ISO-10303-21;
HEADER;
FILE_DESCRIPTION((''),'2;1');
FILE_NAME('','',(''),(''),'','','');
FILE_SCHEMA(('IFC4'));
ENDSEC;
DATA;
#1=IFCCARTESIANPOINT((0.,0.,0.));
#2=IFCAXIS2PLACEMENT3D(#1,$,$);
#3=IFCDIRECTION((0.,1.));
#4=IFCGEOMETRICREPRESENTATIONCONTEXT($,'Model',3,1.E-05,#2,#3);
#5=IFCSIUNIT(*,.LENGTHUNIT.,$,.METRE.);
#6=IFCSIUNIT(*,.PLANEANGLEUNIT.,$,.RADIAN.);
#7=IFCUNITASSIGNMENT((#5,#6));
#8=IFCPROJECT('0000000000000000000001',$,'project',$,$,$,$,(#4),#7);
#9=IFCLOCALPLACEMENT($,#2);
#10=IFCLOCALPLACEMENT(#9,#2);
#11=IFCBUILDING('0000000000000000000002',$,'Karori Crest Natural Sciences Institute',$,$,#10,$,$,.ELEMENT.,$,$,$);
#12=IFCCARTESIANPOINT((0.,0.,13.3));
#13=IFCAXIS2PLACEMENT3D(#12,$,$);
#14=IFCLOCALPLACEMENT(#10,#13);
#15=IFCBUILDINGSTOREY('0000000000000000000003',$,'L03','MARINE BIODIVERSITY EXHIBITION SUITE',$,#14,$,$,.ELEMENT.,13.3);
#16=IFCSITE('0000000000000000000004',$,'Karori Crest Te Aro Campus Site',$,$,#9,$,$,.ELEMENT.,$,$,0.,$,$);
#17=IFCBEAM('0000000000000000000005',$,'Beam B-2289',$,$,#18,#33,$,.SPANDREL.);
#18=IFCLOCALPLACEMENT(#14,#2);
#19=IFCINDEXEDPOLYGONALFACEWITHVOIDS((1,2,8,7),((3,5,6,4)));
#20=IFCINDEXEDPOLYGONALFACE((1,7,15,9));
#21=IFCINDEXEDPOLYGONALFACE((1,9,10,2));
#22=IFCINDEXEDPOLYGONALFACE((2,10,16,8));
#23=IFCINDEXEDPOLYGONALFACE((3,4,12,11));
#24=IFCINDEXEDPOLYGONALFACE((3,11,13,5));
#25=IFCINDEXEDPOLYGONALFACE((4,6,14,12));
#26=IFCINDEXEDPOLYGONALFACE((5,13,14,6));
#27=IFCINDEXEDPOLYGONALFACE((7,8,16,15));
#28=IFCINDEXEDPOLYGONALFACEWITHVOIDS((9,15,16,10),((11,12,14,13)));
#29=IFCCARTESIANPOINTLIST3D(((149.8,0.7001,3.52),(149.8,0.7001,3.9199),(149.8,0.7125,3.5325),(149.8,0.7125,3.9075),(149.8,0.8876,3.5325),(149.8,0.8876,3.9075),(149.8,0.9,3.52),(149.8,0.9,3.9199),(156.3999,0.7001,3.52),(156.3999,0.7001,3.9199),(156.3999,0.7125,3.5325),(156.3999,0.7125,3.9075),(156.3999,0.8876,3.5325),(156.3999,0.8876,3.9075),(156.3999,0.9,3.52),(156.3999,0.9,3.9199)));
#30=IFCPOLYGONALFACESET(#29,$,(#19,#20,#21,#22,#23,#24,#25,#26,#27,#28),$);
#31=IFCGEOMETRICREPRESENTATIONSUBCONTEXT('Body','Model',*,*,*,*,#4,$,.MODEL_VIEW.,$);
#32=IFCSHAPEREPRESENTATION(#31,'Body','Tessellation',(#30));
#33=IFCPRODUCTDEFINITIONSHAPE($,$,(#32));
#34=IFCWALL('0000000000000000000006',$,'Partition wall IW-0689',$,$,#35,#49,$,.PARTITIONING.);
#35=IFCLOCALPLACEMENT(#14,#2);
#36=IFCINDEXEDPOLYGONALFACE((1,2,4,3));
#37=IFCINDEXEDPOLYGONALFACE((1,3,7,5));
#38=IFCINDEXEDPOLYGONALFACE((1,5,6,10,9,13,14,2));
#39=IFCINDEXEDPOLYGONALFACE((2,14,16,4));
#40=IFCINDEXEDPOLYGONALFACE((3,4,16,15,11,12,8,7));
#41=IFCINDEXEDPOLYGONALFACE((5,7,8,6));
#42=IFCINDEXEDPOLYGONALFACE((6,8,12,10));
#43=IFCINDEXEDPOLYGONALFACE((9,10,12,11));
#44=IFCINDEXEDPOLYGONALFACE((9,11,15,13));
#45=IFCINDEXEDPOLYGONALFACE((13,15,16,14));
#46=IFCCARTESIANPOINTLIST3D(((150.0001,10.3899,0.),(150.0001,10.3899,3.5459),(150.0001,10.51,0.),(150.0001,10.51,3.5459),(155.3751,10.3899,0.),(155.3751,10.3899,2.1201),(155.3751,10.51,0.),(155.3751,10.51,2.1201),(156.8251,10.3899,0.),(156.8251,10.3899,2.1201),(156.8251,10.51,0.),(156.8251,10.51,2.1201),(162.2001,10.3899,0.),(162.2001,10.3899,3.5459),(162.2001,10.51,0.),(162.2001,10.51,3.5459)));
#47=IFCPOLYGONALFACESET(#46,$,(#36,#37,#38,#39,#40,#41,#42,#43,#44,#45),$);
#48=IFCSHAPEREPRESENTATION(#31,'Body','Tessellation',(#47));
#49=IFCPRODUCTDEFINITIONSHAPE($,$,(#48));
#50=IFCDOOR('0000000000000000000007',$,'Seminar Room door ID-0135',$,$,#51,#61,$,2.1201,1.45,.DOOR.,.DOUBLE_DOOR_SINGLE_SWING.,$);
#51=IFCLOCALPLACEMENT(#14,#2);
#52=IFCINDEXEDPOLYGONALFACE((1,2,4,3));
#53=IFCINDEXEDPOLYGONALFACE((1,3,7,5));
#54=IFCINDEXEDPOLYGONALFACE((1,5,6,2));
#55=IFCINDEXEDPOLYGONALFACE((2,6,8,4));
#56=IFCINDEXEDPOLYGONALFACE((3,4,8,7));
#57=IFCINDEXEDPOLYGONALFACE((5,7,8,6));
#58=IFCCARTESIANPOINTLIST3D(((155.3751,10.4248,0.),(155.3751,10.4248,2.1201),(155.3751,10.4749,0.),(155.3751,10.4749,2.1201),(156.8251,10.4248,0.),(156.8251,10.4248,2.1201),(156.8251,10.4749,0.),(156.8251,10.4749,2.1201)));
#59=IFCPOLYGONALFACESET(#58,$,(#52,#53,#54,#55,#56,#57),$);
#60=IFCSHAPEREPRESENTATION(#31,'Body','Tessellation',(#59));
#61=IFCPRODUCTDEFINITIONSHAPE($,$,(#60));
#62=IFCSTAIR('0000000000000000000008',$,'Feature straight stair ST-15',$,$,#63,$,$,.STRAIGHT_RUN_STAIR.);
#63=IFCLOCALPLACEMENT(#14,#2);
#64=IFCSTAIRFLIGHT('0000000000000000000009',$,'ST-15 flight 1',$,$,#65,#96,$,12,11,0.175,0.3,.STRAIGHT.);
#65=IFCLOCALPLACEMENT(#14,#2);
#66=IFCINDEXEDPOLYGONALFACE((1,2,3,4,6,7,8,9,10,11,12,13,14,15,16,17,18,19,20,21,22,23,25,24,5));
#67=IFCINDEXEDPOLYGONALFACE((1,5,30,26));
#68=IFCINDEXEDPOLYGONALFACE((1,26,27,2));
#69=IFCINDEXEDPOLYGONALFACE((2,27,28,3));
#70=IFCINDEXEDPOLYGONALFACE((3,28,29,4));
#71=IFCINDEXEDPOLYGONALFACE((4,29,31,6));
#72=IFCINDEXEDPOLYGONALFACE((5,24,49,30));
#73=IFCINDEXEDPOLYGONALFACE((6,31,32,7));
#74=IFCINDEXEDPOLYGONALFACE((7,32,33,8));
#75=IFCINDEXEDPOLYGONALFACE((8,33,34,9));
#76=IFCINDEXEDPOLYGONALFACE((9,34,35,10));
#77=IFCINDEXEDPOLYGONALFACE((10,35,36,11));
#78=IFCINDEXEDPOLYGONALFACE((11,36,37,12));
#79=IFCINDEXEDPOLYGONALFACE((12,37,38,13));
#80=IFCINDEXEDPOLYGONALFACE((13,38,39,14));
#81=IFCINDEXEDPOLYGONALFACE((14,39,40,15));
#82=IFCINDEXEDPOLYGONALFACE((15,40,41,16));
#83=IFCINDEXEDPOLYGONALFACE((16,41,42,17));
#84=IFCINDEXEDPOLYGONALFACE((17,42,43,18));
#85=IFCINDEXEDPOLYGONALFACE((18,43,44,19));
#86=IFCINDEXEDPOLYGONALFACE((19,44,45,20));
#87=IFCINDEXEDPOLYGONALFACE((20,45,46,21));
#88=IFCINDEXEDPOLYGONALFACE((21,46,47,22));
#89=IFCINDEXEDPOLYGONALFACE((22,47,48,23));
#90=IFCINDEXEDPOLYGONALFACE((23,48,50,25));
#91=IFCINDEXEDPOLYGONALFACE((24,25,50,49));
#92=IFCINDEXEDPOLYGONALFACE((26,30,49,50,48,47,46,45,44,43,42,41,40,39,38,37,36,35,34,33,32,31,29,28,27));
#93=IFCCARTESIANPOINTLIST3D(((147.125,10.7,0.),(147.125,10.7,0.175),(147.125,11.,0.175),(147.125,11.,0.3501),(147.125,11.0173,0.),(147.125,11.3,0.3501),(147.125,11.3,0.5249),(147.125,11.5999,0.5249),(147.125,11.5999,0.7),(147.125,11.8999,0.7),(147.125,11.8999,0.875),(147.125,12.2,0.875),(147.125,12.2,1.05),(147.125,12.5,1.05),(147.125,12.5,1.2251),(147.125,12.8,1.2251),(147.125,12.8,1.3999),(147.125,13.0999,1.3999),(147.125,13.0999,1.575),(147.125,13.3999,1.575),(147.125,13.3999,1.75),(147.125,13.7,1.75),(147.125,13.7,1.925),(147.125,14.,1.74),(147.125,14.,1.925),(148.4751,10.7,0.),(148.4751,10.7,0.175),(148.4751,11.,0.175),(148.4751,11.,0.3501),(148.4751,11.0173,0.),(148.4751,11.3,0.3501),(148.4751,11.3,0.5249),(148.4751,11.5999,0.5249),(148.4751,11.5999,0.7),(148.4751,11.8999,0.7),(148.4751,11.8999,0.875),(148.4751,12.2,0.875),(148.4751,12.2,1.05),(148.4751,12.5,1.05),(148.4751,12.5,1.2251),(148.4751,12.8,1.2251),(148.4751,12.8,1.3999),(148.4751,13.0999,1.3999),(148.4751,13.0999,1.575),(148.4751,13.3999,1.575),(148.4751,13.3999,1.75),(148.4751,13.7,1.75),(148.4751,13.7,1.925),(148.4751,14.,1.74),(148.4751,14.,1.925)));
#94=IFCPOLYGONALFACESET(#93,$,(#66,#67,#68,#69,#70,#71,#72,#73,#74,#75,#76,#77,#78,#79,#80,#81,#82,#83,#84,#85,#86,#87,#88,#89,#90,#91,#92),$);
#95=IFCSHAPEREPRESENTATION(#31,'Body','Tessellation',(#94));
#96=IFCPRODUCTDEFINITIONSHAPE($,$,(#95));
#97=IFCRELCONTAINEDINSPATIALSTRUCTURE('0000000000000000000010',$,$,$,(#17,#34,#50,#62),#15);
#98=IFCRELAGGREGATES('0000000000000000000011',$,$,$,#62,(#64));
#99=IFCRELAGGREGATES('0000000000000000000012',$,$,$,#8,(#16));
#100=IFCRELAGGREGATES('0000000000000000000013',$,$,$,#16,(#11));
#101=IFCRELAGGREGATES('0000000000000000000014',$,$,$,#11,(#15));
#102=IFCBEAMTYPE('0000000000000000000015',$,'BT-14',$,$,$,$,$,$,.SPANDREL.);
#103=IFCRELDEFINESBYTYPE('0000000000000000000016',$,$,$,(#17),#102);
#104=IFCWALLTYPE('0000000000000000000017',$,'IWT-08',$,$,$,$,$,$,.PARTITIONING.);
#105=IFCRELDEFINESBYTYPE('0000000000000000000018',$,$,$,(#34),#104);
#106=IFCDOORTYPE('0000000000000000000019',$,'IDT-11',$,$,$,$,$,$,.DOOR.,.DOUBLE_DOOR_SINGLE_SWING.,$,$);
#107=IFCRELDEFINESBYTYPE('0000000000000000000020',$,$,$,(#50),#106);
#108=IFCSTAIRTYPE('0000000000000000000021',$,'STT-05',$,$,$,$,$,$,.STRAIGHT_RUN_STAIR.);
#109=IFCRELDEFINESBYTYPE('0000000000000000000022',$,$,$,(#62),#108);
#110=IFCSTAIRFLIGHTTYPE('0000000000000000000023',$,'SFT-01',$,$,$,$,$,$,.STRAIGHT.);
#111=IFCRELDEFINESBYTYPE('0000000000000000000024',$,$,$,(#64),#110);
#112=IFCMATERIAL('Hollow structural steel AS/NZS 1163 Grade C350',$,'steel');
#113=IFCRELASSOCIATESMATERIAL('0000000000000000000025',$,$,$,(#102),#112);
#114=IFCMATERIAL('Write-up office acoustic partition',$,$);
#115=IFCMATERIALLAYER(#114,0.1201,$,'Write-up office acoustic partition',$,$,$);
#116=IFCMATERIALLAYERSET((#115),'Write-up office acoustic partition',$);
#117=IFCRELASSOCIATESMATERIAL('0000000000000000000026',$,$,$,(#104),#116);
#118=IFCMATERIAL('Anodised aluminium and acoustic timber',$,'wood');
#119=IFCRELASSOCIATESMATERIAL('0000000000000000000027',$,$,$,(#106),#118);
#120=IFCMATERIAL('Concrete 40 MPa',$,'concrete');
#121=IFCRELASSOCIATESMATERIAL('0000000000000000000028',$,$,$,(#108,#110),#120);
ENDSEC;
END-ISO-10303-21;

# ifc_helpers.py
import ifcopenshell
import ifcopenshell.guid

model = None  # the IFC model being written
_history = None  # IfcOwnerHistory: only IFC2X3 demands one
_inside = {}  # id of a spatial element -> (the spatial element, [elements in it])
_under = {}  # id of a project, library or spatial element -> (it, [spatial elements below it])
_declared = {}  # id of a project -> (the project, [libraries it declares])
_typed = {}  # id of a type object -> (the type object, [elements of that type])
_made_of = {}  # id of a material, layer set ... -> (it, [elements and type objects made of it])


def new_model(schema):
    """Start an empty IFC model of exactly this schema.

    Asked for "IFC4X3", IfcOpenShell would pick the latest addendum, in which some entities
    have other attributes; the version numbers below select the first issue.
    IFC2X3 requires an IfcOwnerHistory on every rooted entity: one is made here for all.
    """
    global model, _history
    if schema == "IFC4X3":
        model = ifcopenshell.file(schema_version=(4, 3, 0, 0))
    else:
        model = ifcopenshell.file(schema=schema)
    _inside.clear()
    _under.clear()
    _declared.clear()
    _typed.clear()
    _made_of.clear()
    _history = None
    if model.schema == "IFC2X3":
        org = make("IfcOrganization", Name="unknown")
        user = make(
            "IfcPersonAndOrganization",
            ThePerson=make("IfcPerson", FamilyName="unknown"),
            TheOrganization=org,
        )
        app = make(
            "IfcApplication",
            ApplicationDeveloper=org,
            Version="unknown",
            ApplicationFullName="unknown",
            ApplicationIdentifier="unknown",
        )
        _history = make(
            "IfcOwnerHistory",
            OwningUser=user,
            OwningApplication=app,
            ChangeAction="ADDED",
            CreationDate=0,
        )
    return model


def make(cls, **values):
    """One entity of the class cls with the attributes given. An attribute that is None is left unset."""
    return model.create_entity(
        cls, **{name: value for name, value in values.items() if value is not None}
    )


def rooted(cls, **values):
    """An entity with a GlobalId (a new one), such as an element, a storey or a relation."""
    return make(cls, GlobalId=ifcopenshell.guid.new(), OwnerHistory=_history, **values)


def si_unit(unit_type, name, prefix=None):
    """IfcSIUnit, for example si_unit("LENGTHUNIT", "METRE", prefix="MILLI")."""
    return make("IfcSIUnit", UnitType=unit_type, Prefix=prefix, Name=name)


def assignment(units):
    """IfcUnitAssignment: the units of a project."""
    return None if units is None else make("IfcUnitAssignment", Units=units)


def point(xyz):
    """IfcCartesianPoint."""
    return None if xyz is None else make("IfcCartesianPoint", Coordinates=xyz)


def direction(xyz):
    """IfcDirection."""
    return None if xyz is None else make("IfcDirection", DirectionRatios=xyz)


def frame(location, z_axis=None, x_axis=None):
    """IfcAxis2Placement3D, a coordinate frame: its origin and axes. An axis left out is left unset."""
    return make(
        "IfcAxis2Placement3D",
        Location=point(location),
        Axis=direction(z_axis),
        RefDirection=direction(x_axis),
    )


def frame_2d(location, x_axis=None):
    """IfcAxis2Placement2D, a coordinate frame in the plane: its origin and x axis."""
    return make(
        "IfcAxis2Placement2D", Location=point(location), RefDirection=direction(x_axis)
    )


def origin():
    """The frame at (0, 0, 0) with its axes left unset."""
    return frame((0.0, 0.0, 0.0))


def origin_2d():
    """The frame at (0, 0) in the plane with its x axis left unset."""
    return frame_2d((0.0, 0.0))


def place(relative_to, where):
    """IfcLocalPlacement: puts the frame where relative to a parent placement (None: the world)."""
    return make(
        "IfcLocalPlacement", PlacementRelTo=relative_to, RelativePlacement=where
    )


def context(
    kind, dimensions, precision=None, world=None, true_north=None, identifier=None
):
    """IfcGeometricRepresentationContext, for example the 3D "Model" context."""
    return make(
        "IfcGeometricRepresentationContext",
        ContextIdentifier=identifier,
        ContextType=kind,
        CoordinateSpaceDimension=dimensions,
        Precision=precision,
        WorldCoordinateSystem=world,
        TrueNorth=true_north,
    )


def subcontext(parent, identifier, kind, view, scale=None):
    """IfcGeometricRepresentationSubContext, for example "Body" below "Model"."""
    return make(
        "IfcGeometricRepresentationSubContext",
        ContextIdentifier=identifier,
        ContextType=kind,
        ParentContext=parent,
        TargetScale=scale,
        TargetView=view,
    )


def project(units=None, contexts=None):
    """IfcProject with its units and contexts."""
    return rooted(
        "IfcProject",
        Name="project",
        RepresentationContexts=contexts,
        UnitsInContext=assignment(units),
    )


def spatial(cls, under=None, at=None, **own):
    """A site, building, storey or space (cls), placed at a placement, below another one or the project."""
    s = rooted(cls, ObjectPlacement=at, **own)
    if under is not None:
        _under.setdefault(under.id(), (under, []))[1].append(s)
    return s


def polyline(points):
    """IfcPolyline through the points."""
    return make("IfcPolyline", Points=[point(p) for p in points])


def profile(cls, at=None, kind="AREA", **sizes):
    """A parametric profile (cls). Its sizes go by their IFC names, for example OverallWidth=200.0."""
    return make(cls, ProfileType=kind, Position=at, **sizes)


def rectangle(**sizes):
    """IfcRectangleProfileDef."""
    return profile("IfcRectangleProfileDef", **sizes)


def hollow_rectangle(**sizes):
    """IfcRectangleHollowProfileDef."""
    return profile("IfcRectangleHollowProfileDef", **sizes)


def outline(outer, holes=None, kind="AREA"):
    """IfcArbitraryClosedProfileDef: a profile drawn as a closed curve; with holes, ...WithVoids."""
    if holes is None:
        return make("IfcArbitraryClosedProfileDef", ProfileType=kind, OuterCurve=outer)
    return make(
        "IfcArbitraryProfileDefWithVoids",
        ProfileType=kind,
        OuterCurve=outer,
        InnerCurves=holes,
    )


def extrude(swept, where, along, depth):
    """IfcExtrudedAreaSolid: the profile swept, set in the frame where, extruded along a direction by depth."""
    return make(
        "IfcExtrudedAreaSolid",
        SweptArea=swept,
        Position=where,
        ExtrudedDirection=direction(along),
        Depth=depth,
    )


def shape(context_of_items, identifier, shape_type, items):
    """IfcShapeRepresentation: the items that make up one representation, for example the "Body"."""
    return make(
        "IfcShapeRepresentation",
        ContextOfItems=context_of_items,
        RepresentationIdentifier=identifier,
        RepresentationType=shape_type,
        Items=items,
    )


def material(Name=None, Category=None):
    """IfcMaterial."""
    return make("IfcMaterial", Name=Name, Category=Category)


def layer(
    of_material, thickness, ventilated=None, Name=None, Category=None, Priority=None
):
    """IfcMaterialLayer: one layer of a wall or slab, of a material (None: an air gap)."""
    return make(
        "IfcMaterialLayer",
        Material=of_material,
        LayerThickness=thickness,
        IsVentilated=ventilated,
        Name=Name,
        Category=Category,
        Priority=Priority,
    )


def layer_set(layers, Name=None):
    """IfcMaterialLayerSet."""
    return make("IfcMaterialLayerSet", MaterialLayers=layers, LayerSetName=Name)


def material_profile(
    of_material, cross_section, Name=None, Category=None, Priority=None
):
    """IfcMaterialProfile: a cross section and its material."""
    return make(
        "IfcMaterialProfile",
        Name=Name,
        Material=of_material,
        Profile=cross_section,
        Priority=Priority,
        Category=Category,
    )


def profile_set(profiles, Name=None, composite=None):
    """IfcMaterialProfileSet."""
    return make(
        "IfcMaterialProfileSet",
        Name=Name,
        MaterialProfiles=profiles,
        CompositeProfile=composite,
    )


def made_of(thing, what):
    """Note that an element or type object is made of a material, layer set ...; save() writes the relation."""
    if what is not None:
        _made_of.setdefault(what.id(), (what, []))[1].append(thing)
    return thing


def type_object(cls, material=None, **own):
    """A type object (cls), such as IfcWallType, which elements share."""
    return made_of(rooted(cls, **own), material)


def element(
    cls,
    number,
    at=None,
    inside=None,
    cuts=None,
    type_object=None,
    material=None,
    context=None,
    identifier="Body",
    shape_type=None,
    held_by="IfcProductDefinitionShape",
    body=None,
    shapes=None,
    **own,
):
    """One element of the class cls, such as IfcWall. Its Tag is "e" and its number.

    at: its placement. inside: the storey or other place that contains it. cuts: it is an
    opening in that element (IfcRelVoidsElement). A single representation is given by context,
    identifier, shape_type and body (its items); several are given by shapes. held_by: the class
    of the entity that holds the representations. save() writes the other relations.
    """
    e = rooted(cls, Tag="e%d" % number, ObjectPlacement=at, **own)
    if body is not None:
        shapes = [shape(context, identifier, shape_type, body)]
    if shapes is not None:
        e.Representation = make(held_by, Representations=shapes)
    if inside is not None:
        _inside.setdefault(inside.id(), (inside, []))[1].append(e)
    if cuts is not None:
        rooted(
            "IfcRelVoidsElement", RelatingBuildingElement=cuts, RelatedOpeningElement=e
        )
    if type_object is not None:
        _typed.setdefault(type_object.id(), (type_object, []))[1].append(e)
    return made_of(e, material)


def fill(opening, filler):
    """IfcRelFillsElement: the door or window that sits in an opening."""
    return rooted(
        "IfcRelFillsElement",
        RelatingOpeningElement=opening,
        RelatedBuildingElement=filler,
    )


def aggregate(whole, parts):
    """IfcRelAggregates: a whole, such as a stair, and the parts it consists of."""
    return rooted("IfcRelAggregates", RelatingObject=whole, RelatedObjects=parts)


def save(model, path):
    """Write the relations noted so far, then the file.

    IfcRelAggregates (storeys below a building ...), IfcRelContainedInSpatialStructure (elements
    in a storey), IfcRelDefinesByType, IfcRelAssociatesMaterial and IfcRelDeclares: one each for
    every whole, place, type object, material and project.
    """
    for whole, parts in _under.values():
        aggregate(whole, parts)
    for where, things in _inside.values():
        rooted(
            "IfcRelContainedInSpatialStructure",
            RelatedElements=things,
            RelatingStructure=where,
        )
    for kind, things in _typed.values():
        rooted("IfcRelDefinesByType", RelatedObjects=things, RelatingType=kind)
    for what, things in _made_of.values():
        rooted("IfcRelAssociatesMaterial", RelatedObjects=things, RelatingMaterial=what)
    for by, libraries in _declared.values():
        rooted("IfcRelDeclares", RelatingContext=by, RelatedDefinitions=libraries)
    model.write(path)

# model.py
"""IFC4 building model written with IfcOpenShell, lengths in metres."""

from ifc_helpers import new_model, si_unit, direction, frame, frame_2d, origin, origin_2d, place, context, subcontext, project, spatial, polyline, rectangle, hollow_rectangle, outline, extrude, material, layer, layer_set, material_profile, profile_set, type_object, element, fill, aggregate, save


model = new_model("IFC4")

# Units and contexts
model_context = context("Model", 3, precision=1e-05, world=origin(), true_north=direction((0.0, 1.0)))
body_context = subcontext(model_context, "Body", "Model", "MODEL_VIEW")
ifc_project = project(units=[si_unit("LENGTHUNIT", "METRE"), si_unit("PLANEANGLEUNIT", "RADIAN")], contexts=[model_context])

# Site, building, storey
site_placement = place(None, origin())
site = spatial("IfcSite", under=ifc_project, at=site_placement, Name="Karori Crest Te Aro Campus Site", CompositionType="ELEMENT", RefElevation=0.0)
building_placement = place(site_placement, origin())
building = spatial("IfcBuilding", under=site, at=building_placement, Name="Karori Crest Natural Sciences Institute", CompositionType="ELEMENT")
storey_placement = place(building_placement, frame((0.0, 0.0, 13.3)))
storey = spatial("IfcBuildingStorey", under=building, at=storey_placement, Name="L03", Description="MARINE BIODIVERSITY EXHIBITION SUITE", CompositionType="ELEMENT", Elevation=13.3)

# Beam
ifc_material_1 = material(Name="Hollow structural steel AS/NZS 1163 Grade C350", Category="steel")
ifc_material_profile_1 = material_profile(ifc_material_1, hollow_rectangle(XDim=0.2, YDim=0.3999, WallThickness=0.0125, at=origin_2d()), Name="RHS400x200x12.5")
ifc_profile_set_1 = profile_set([ifc_material_profile_1], Name="Hollow structural steel AS/NZS 1163 Grade C350")
beam_type_1 = type_object("IfcBeamType", Name="BT-14", PredefinedType="SPANDREL", material=ifc_profile_set_1)
beam_1_placement = place(storey_placement, frame((149.8, 0.8, 3.72), z_axis=(1.0, 0.0, 0.0), x_axis=(0.0, 1.0, 0.0)))
element("IfcBeam", 1, at=beam_1_placement, inside=storey, type_object=beam_type_1, Name="Beam B-2289", PredefinedType="SPANDREL", context=body_context, shape_type="SweptSolid", body=[
    extrude(hollow_rectangle(XDim=0.2, YDim=0.3999, WallThickness=0.0125, at=origin_2d()), origin(), (0.0, 0.0, 1.0), 6.5999),
])

# Wall, opening, door
ifc_material_2 = material(Name="Write-up office acoustic partition")
ifc_layer = layer(ifc_material_2, 0.1201, Name="Write-up office acoustic partition")
ifc_layer_set = layer_set([ifc_layer], Name="Write-up office acoustic partition")
wall_type = type_object("IfcWallType", Name="IWT-08", PredefinedType="PARTITIONING", material=ifc_layer_set)
wall_placement = place(storey_placement, frame((150.0, 10.45, 0.0), z_axis=(0.0, 0.0, 1.0), x_axis=(1.0, 0.0, 0.0)))
wall = element("IfcWall", 2, at=wall_placement, inside=storey, type_object=wall_type, Name="Partition wall IW-0689", PredefinedType="PARTITIONING", context=body_context, shape_type="SweptSolid", body=[
    extrude(rectangle(XDim=12.2, YDim=0.1201, at=frame_2d((6.1001, 0.0))), origin(), (0.0, 0.0, 1.0), 3.5459),
])
opening_placement = place(wall_placement, frame((5.375, 0.0, 0.0)))
opening = element("IfcOpeningElement", 3, at=opening_placement, cuts=wall, PredefinedType="OPENING", context=body_context, shape_type="SweptSolid", body=[
    extrude(rectangle(XDim=1.45, YDim=2.1201, at=frame_2d((0.7251, 1.0601))), frame((0.0, 0.0701, 0.0), z_axis=(0.0, -1.0, 0.0), x_axis=(1.0, 0.0, 0.0)), (0.0, 0.0, 1.0), 0.1401),
])
ifc_material_3 = material(Name="Anodised aluminium and acoustic timber", Category="wood")
door_type = type_object("IfcDoorType", Name="IDT-11", OperationType="DOUBLE_DOOR_SINGLE_SWING", PredefinedType="DOOR", material=ifc_material_3)
door_placement = place(opening_placement, origin())
door = element("IfcDoor", 4, at=door_placement, inside=storey, type_object=door_type, Name="Seminar Room door ID-0135", OperationType="DOUBLE_DOOR_SINGLE_SWING", OverallHeight=2.1201, OverallWidth=1.45, PredefinedType="DOOR", context=body_context, shape_type="SweptSolid", body=[
    extrude(rectangle(XDim=1.45, YDim=2.1201, at=frame_2d((0.7251, 1.0601))), frame((0.0, 0.0249, 0.0), z_axis=(0.0, -1.0, 0.0), x_axis=(1.0, 0.0, 0.0)), (0.0, 0.0, 1.0), 0.05),
])
fill(opening, door)

# Stair, stair flight
ifc_material_4 = material(Name="Concrete 40 MPa", Category="concrete")
stair_type = type_object("IfcStairType", Name="STT-05", PredefinedType="STRAIGHT_RUN_STAIR", material=ifc_material_4)
stair_placement = place(storey_placement, origin())
stair = element("IfcStair", 5, at=stair_placement, inside=storey, type_object=stair_type, Name="Feature straight stair ST-15", PredefinedType="STRAIGHT_RUN_STAIR")
stair_flight_type = type_object("IfcStairFlightType", Name="SFT-01", PredefinedType="STRAIGHT", material=ifc_material_4)
stair_flight_placement = place(storey_placement, frame((147.8, 10.7, 0.0), z_axis=(0.0, 0.0, 1.0), x_axis=(0.0, 1.0, 0.0)))
stair_flight = element("IfcStairFlight", 6, at=stair_flight_placement, type_object=stair_flight_type, Name="ST-15 flight 1", NumberOfRisers=12, NumberOfTreads=11, PredefinedType="STRAIGHT", RiserHeight=0.175, TreadLength=0.3, context=body_context, shape_type="SweptSolid", body=[
    extrude(outline(polyline([(0.0, 0.0), (0.0, 0.175), (0.3, 0.175), (0.3, 0.3501), (0.6001, 0.3501), (0.6001, 0.5249), (0.8999, 0.5249), (0.8999, 0.7), (1.2, 0.7), (1.2, 0.875), (1.5, 0.875), (1.5, 1.05), (1.8, 1.05), (1.8, 1.2251), (2.1001, 1.2251), (2.1001, 1.3999), (2.3999, 1.3999), (2.3999, 1.575), (2.7, 1.575), (2.7, 1.75), (3.0, 1.75), (3.0, 1.925), (3.3, 1.925), (3.3, 2.1001), (3.3, 1.74), (0.3174, 0.0), (0.0, 0.0)])), frame((0.0, 0.675, 0.0), z_axis=(0.0, -1.0, 0.0), x_axis=(1.0, 0.0, 0.0)), (0.0, 0.0, 1.0), 1.3501),
])
aggregate(stair, [stair_flight])

save(model, "model.ifc")
